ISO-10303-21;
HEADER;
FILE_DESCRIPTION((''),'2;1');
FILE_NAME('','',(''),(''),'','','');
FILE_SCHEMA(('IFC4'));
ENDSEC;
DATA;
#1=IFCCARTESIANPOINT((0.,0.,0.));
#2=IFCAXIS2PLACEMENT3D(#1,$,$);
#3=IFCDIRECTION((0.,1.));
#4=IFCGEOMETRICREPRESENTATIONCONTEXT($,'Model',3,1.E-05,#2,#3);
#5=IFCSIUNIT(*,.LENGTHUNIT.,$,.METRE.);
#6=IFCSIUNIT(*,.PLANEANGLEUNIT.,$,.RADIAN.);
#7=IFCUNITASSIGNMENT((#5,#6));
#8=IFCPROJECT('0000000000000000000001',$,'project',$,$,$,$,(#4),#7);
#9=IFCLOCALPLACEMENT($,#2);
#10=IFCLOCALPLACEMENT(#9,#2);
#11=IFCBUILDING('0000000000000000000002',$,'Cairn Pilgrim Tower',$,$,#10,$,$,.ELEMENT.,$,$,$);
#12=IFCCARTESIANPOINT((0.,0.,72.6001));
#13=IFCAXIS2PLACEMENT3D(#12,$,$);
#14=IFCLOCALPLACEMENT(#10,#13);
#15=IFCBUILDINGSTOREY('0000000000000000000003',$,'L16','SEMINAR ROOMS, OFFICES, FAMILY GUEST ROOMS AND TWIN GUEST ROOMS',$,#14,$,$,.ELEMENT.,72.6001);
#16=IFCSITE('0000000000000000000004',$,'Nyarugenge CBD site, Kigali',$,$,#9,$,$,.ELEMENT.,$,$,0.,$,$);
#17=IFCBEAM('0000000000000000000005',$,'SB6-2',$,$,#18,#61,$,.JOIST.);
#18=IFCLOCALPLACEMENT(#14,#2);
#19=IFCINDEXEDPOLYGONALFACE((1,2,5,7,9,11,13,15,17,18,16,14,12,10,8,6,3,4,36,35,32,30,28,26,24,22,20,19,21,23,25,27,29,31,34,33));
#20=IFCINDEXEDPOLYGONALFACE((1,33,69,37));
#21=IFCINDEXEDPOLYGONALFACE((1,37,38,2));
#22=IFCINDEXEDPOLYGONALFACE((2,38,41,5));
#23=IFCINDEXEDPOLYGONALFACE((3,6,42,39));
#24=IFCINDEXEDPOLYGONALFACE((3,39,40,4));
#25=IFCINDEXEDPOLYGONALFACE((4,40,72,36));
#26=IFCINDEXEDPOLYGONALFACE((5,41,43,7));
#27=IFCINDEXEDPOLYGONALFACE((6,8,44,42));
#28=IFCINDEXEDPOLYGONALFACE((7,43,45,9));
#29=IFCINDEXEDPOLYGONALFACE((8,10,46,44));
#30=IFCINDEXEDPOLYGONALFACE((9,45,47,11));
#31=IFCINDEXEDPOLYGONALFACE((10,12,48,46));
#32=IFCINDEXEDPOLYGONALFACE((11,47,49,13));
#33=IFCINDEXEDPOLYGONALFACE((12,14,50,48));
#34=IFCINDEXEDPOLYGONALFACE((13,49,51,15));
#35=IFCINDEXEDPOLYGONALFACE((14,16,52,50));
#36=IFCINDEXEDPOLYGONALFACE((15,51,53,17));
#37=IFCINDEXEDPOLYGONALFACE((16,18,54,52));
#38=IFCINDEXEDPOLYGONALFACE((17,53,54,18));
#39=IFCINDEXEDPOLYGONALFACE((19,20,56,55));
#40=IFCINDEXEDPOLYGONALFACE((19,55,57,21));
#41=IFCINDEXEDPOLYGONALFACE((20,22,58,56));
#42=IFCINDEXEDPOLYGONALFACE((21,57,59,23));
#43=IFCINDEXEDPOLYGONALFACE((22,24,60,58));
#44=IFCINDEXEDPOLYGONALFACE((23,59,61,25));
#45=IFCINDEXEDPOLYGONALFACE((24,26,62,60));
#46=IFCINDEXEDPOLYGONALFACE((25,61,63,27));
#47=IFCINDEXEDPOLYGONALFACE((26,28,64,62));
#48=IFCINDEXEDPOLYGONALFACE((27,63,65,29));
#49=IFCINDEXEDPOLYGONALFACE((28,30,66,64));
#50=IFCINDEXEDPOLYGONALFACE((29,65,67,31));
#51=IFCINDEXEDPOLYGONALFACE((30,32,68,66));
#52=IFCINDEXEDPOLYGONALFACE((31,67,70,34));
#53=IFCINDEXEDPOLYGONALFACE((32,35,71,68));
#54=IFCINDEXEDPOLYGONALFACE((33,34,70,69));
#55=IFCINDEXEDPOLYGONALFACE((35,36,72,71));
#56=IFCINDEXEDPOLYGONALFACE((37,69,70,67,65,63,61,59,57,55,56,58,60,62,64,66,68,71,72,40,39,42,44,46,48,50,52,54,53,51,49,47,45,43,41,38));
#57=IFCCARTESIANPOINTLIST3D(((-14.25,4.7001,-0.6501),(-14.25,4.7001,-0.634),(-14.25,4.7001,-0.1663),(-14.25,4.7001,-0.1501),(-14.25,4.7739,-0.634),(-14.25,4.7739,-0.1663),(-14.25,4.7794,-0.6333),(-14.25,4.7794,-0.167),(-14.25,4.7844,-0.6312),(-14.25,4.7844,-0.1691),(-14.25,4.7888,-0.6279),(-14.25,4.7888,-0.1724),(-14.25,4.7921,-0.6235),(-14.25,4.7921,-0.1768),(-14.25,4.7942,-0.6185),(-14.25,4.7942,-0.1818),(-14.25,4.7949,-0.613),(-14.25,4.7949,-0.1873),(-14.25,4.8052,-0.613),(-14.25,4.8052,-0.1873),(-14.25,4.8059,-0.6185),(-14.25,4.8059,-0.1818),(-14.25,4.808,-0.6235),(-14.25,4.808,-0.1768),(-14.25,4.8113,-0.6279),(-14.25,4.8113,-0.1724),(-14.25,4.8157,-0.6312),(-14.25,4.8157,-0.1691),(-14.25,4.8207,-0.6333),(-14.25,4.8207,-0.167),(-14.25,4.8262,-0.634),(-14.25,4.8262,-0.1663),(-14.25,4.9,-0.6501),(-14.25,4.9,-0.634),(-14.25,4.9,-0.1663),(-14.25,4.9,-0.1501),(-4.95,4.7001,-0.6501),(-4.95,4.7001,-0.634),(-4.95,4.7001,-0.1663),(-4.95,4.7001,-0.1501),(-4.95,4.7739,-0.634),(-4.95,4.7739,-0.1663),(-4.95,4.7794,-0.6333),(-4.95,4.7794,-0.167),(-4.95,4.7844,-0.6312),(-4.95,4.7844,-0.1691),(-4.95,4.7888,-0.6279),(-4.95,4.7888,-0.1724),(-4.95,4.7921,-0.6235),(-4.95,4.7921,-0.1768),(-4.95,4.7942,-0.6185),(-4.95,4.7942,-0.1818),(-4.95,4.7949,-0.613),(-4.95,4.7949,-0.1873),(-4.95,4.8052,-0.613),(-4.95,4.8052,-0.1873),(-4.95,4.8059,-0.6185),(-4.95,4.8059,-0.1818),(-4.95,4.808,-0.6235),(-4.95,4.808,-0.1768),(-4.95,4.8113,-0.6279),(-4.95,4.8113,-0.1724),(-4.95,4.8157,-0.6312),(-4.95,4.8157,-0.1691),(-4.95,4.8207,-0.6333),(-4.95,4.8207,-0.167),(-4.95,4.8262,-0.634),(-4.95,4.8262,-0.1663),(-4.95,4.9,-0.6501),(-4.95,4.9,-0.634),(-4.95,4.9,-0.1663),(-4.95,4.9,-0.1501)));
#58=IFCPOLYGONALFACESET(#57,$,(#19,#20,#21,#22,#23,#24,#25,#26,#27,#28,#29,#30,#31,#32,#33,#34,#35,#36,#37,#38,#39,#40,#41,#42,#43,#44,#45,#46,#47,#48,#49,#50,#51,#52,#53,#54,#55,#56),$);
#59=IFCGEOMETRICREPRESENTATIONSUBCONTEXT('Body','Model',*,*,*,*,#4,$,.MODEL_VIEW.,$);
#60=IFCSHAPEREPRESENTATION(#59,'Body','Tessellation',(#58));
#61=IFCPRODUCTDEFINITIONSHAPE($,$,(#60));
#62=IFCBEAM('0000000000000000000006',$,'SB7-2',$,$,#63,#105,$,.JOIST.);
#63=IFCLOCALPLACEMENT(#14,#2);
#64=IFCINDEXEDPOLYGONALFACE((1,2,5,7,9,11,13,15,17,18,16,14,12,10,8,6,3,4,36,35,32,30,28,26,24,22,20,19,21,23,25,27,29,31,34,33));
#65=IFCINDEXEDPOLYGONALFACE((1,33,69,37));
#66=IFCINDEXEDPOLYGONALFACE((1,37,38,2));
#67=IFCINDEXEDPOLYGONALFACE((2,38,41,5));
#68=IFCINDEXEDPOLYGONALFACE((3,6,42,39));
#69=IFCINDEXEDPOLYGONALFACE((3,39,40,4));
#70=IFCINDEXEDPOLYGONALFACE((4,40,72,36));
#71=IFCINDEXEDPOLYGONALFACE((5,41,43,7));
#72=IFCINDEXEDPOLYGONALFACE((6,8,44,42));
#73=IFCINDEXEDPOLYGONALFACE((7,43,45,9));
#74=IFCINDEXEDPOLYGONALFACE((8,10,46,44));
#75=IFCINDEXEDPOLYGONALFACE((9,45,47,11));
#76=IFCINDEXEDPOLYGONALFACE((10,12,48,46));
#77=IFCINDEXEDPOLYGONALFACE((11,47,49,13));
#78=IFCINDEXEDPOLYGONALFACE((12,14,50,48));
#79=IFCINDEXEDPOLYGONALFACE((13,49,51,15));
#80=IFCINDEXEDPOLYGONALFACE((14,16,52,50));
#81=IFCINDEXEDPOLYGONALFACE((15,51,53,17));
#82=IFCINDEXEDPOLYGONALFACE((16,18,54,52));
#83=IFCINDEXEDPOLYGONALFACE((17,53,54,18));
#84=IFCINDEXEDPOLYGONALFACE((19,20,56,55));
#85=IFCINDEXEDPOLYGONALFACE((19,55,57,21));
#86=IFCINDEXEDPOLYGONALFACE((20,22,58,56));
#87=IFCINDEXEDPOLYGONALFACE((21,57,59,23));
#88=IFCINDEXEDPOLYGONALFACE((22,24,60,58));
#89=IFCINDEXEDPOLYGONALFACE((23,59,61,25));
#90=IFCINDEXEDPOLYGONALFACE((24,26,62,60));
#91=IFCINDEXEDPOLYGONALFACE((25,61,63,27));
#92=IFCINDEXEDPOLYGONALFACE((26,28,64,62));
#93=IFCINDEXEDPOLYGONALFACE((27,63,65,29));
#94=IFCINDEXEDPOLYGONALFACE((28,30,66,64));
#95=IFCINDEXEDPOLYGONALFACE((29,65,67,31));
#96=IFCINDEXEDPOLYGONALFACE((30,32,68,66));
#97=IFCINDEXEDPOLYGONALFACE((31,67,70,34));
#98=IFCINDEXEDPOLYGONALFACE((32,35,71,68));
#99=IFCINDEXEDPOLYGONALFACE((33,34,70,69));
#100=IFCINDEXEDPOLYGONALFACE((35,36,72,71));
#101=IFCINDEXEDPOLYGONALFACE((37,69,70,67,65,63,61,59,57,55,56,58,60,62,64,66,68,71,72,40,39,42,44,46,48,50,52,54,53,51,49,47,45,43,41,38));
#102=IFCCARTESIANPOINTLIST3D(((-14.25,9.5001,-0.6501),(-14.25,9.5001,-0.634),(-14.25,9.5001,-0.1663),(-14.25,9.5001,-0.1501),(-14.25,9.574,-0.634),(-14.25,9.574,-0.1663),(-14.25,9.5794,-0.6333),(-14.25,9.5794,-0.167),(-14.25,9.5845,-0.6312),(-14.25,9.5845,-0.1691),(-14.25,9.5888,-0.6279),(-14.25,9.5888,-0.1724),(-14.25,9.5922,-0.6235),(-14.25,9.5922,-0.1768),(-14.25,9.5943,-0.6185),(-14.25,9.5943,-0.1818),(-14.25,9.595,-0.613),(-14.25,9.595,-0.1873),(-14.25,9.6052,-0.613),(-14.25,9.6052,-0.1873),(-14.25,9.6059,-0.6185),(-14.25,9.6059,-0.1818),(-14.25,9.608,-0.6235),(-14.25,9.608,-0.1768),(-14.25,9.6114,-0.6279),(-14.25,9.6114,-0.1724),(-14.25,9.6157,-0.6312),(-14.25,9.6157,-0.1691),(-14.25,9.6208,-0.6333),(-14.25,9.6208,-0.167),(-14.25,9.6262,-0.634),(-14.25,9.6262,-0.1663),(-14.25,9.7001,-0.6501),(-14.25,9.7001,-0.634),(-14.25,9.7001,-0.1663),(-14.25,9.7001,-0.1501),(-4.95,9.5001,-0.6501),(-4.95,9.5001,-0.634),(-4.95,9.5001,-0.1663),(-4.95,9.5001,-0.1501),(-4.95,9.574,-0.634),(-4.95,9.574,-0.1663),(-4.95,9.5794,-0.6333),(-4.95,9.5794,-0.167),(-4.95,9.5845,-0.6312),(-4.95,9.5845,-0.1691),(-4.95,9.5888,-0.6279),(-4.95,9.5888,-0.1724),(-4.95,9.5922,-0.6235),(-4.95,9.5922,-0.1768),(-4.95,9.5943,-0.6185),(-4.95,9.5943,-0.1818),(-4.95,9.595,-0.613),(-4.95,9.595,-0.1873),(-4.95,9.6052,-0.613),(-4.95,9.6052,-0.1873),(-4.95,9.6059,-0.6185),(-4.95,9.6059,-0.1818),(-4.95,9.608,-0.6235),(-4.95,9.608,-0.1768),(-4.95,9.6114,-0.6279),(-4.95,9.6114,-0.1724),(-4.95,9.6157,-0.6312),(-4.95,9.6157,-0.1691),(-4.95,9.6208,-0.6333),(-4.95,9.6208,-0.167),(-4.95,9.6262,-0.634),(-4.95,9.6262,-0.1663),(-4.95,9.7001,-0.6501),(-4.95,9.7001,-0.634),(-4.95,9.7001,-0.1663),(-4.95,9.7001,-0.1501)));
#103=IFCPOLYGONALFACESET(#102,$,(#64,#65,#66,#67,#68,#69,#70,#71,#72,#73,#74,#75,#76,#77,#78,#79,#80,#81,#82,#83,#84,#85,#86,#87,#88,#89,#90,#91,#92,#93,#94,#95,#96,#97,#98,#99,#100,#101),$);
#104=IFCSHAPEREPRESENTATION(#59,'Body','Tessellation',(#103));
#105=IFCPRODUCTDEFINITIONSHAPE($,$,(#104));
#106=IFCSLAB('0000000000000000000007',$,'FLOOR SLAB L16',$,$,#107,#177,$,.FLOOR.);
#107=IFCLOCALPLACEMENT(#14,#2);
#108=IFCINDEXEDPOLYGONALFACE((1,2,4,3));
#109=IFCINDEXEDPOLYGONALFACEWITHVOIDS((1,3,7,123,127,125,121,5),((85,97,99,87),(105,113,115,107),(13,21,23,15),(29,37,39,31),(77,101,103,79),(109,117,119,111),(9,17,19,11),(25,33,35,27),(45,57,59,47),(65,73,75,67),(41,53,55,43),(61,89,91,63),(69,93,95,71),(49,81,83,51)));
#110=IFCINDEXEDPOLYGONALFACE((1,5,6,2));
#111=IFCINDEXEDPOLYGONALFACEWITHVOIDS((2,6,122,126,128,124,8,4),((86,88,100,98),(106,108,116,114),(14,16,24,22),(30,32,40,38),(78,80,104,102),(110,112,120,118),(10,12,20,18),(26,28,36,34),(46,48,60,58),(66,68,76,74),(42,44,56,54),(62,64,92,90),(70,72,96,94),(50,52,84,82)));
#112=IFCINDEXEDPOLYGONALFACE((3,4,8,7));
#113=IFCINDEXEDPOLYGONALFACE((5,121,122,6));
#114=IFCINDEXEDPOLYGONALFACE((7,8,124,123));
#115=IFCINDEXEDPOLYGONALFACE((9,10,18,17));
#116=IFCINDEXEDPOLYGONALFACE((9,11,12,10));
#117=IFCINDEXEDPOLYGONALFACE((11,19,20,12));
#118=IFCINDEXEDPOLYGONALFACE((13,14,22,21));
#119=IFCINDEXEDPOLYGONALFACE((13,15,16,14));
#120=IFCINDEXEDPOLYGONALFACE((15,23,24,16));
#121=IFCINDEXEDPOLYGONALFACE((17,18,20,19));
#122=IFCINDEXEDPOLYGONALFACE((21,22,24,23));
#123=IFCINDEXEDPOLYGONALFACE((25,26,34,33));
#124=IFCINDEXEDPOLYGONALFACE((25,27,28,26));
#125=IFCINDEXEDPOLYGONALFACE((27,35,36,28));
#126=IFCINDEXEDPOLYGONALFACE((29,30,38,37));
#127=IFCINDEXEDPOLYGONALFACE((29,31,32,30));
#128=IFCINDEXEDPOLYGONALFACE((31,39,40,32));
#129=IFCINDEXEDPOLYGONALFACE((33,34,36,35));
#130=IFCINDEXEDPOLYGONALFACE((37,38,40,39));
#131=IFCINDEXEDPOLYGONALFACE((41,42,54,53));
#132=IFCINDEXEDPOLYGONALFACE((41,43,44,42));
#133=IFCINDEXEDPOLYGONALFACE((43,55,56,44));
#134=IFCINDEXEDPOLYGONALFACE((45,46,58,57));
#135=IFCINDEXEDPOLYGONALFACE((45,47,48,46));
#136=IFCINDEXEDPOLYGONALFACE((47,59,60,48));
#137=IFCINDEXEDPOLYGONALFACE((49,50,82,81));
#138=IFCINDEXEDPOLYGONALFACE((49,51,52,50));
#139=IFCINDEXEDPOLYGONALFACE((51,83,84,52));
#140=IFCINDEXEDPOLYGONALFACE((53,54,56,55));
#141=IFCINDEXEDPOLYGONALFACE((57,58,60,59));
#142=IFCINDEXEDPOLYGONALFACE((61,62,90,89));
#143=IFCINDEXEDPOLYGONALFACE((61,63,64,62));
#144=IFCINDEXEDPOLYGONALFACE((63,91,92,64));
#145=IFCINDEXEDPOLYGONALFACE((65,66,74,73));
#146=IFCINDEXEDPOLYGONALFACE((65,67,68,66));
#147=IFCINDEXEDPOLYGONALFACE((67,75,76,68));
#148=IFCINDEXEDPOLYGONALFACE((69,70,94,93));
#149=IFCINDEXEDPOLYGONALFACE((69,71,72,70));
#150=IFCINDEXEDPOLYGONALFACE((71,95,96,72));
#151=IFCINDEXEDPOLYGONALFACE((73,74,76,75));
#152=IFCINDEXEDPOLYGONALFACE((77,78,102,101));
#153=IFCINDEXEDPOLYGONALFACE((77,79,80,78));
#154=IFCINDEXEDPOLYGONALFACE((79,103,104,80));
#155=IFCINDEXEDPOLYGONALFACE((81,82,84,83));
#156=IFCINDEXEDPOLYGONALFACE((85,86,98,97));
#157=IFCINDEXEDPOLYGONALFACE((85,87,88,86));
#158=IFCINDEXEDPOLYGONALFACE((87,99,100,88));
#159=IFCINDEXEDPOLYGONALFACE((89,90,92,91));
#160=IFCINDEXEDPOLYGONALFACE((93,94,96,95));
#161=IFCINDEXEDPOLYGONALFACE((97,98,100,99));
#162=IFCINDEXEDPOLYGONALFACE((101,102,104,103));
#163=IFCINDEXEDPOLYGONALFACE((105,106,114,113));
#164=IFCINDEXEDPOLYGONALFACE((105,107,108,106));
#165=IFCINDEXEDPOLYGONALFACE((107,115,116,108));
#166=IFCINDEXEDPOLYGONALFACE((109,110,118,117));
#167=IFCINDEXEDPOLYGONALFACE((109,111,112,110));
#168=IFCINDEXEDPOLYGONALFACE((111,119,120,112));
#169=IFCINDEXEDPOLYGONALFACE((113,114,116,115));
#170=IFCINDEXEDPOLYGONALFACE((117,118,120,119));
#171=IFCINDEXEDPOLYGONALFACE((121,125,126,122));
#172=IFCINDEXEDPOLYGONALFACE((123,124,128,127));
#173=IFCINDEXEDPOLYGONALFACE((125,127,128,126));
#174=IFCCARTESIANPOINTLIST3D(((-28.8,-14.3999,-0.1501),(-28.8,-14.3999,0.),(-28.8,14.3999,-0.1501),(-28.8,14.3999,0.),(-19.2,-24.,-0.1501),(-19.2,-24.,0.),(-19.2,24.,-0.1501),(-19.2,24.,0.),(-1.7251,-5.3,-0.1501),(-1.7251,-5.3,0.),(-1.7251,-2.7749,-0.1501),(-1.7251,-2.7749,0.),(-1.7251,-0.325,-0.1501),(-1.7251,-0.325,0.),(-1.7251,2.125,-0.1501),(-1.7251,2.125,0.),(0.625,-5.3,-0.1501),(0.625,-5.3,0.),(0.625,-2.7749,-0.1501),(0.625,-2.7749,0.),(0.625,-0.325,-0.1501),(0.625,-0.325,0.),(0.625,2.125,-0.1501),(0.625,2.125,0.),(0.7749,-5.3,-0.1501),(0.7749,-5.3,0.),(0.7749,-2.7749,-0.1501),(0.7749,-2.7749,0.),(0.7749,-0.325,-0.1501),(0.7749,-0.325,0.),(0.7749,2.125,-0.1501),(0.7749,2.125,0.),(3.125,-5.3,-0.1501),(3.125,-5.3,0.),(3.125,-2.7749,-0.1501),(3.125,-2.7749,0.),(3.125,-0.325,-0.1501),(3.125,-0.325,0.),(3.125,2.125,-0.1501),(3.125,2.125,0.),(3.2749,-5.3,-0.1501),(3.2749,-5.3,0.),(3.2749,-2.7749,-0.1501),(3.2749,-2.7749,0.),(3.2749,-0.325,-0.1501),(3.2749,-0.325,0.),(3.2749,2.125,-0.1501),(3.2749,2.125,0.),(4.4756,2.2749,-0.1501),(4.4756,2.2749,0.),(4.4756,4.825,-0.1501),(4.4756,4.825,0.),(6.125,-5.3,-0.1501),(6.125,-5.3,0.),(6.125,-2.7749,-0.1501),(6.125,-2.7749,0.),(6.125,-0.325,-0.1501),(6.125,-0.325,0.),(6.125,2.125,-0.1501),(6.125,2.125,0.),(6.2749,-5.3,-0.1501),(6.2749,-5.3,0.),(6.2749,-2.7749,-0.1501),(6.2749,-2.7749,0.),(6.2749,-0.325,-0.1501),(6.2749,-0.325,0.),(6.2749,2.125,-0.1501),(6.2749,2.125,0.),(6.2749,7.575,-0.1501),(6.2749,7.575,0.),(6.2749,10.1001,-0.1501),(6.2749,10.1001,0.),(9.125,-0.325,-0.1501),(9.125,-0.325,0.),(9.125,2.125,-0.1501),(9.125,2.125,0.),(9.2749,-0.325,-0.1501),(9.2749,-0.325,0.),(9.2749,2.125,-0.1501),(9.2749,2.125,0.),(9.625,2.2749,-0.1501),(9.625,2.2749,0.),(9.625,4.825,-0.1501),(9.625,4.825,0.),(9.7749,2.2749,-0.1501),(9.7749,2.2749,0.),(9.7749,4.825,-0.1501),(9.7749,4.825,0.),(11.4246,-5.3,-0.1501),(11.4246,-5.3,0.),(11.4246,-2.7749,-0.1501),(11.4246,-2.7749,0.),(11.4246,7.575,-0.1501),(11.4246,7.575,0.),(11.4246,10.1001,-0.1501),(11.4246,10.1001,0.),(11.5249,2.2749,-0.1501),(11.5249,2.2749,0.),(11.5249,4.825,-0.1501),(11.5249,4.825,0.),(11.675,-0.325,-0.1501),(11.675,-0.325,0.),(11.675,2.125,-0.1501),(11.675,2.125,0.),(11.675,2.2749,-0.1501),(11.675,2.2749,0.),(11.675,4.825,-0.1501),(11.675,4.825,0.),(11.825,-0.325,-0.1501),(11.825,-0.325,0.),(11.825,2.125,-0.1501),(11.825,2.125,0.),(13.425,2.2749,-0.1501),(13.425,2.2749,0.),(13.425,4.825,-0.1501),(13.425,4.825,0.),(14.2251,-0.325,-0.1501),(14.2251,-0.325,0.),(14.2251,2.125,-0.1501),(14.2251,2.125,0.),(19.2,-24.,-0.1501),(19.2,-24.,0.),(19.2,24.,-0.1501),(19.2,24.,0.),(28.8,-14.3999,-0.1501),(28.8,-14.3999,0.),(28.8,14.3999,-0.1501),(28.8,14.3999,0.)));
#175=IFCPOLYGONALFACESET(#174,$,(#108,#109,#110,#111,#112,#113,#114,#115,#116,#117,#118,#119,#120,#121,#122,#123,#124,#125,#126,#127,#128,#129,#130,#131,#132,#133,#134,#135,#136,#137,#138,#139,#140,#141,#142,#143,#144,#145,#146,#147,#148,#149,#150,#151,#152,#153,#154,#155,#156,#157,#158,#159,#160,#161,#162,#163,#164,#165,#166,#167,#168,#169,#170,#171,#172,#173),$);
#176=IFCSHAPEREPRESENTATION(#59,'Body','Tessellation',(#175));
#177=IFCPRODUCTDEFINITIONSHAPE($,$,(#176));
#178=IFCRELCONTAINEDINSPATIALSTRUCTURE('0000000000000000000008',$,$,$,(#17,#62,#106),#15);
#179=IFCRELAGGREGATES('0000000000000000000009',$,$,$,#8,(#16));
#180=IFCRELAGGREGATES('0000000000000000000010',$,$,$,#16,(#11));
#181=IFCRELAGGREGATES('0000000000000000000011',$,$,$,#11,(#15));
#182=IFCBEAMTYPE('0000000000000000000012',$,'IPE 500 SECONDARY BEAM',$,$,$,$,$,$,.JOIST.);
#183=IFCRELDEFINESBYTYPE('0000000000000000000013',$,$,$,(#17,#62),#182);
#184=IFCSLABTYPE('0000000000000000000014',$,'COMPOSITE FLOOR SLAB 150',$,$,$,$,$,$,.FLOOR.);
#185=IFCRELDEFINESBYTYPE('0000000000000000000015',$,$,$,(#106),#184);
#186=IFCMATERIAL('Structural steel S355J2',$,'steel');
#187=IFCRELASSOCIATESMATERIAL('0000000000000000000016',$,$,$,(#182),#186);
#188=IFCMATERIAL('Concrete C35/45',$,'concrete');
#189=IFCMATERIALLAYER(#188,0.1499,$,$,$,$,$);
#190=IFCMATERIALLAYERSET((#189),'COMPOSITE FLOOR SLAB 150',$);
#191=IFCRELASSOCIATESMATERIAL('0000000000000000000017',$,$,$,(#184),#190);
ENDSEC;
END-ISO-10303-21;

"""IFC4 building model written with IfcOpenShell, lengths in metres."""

from ifc_helpers import new_model, si_unit, direction, frame, origin, origin_2d, place, context, subcontext, project, spatial, polyline, i_section, outline, extrude, material, layer, layer_set, material_profile, profile_set, type_object, element, save


model = new_model("IFC4")

# Units and contexts
model_context = context("Model", 3, precision=1e-05, world=origin(), true_north=direction((0.0, 1.0)))
body_context = subcontext(model_context, "Body", "Model", "MODEL_VIEW")
ifc_project = project(units=[si_unit("LENGTHUNIT", "METRE"), si_unit("PLANEANGLEUNIT", "RADIAN")], contexts=[model_context])

# Site, building, storey
site_placement = place(None, origin())
site = spatial("IfcSite", under=ifc_project, at=site_placement, Name="Nyarugenge CBD site, Kigali", CompositionType="ELEMENT", RefElevation=0.0)
building_placement = place(site_placement, origin())
building = spatial("IfcBuilding", under=site, at=building_placement, Name="Cairn Pilgrim Tower", CompositionType="ELEMENT")
storey_placement = place(building_placement, frame((0.0, 0.0, 72.6001)))
storey = spatial("IfcBuildingStorey", under=building, at=storey_placement, Name="L16", Description="SEMINAR ROOMS, OFFICES, FAMILY GUEST ROOMS AND TWIN GUEST ROOMS", CompositionType="ELEMENT", Elevation=72.6001)

# Beams
ifc_material_1 = material(Name="Structural steel S355J2", Category="steel")
ifc_material_profile_1 = material_profile(ifc_material_1, i_section(OverallWidth=0.2, OverallDepth=0.5, WebThickness=0.0103, FlangeThickness=0.0161, FilletRadius=0.021, at=origin_2d()), Name="IPE 500")
ifc_profile_set_1 = profile_set([ifc_material_profile_1], Name="Structural steel S355J2")
beam_type_1 = type_object("IfcBeamType", Name="IPE 500 SECONDARY BEAM", PredefinedType="JOIST", material=ifc_profile_set_1)
for number, where, z_axis, x_axis, name in (
    (1, (-14.25, 4.8, -0.4001), (1.0, 0.0, 0.0), (0.0, 1.0, 0.0), "SB6-2"),
    (2, (-14.25, 9.6001, -0.4001), (1.0, 0.0, 0.0), (0.0, 1.0, 0.0), "SB7-2"),
):
    element("IfcBeam", number, at=place(storey_placement, frame(where, z_axis=z_axis, x_axis=x_axis)), inside=storey, type_object=beam_type_1, Name=name, PredefinedType="JOIST", context=body_context, shape_type="SweptSolid", body=[
        extrude(i_section(OverallWidth=0.2, OverallDepth=0.5, WebThickness=0.0103, FlangeThickness=0.0161, FilletRadius=0.021, at=origin_2d()), origin(), (0.0, 0.0, 1.0), 9.3),
    ])

# Slab
ifc_material_2 = material(Name="Concrete C35/45", Category="concrete")
ifc_layer_1 = layer(ifc_material_2, 0.1499)
ifc_layer_set_1 = layer_set([ifc_layer_1], Name="COMPOSITE FLOOR SLAB 150")
slab_type_1 = type_object("IfcSlabType", Name="COMPOSITE FLOOR SLAB 150", PredefinedType="FLOOR", material=ifc_layer_set_1)
slab_1_placement = place(storey_placement, frame((0.0, 0.0, -0.1501)))
element("IfcSlab", 3, at=slab_1_placement, inside=storey, type_object=slab_type_1, Name="FLOOR SLAB L16", PredefinedType="FLOOR", context=body_context, shape_type="SweptSolid", body=[
    extrude(outline(polyline([(-19.2, -24.0), (19.2, -24.0), (28.8, -14.3999), (28.8, 14.3999), (19.2, 24.0), (-19.2, 24.0), (-28.8, 14.3999), (-28.8, -14.3999), (-19.2, -24.0)]), holes=[polyline([(-1.7251, -5.3), (0.625, -5.3), (0.625, -2.7749), (-1.7251, -2.7749), (-1.7251, -5.3)]), polyline([(0.7749, -5.3), (3.125, -5.3), (3.125, -2.7749), (0.7749, -2.7749), (0.7749, -5.3)]), polyline([(-1.7251, -0.325), (0.625, -0.325), (0.625, 2.125), (-1.7251, 2.125), (-1.7251, -0.325)]), polyline([(0.7749, -0.325), (3.125, -0.325), (3.125, 2.125), (0.7749, 2.125), (0.7749, -0.325)]), polyline([(3.2749, -5.3), (6.125, -5.3), (6.125, -2.7749), (3.2749, -2.7749), (3.2749, -5.3)]), polyline([(3.2749, -0.325), (6.125, -0.325), (6.125, 2.125), (3.2749, 2.125), (3.2749, -0.325)]), polyline([(6.2749, -0.325), (9.125, -0.325), (9.125, 2.125), (6.2749, 2.125), (6.2749, -0.325)]), polyline([(9.2749, -0.325), (11.675, -0.325), (11.675, 2.125), (9.2749, 2.125), (9.2749, -0.325)]), polyline([(11.825, -0.325), (14.2251, -0.325), (14.2251, 2.125), (11.825, 2.125), (11.825, -0.325)]), polyline([(9.7749, 2.2749), (11.5249, 2.2749), (11.5249, 4.825), (9.7749, 4.825), (9.7749, 2.2749)]), polyline([(11.675, 2.2749), (13.425, 2.2749), (13.425, 4.825), (11.675, 4.825), (11.675, 2.2749)]), polyline([(11.4246, -2.7749), (6.2749, -2.7749), (6.2749, -5.3), (11.4246, -5.3), (11.4246, -2.7749)]), polyline([(4.4756, 2.2749), (9.625, 2.2749), (9.625, 4.825), (4.4756, 4.825), (4.4756, 2.2749)]), polyline([(11.4246, 10.1001), (6.2749, 10.1001), (6.2749, 7.575), (11.4246, 7.575), (11.4246, 10.1001)])]), origin(), (0.0, 0.0, 1.0), 0.1501),
])

save(model, "model.ifc")
